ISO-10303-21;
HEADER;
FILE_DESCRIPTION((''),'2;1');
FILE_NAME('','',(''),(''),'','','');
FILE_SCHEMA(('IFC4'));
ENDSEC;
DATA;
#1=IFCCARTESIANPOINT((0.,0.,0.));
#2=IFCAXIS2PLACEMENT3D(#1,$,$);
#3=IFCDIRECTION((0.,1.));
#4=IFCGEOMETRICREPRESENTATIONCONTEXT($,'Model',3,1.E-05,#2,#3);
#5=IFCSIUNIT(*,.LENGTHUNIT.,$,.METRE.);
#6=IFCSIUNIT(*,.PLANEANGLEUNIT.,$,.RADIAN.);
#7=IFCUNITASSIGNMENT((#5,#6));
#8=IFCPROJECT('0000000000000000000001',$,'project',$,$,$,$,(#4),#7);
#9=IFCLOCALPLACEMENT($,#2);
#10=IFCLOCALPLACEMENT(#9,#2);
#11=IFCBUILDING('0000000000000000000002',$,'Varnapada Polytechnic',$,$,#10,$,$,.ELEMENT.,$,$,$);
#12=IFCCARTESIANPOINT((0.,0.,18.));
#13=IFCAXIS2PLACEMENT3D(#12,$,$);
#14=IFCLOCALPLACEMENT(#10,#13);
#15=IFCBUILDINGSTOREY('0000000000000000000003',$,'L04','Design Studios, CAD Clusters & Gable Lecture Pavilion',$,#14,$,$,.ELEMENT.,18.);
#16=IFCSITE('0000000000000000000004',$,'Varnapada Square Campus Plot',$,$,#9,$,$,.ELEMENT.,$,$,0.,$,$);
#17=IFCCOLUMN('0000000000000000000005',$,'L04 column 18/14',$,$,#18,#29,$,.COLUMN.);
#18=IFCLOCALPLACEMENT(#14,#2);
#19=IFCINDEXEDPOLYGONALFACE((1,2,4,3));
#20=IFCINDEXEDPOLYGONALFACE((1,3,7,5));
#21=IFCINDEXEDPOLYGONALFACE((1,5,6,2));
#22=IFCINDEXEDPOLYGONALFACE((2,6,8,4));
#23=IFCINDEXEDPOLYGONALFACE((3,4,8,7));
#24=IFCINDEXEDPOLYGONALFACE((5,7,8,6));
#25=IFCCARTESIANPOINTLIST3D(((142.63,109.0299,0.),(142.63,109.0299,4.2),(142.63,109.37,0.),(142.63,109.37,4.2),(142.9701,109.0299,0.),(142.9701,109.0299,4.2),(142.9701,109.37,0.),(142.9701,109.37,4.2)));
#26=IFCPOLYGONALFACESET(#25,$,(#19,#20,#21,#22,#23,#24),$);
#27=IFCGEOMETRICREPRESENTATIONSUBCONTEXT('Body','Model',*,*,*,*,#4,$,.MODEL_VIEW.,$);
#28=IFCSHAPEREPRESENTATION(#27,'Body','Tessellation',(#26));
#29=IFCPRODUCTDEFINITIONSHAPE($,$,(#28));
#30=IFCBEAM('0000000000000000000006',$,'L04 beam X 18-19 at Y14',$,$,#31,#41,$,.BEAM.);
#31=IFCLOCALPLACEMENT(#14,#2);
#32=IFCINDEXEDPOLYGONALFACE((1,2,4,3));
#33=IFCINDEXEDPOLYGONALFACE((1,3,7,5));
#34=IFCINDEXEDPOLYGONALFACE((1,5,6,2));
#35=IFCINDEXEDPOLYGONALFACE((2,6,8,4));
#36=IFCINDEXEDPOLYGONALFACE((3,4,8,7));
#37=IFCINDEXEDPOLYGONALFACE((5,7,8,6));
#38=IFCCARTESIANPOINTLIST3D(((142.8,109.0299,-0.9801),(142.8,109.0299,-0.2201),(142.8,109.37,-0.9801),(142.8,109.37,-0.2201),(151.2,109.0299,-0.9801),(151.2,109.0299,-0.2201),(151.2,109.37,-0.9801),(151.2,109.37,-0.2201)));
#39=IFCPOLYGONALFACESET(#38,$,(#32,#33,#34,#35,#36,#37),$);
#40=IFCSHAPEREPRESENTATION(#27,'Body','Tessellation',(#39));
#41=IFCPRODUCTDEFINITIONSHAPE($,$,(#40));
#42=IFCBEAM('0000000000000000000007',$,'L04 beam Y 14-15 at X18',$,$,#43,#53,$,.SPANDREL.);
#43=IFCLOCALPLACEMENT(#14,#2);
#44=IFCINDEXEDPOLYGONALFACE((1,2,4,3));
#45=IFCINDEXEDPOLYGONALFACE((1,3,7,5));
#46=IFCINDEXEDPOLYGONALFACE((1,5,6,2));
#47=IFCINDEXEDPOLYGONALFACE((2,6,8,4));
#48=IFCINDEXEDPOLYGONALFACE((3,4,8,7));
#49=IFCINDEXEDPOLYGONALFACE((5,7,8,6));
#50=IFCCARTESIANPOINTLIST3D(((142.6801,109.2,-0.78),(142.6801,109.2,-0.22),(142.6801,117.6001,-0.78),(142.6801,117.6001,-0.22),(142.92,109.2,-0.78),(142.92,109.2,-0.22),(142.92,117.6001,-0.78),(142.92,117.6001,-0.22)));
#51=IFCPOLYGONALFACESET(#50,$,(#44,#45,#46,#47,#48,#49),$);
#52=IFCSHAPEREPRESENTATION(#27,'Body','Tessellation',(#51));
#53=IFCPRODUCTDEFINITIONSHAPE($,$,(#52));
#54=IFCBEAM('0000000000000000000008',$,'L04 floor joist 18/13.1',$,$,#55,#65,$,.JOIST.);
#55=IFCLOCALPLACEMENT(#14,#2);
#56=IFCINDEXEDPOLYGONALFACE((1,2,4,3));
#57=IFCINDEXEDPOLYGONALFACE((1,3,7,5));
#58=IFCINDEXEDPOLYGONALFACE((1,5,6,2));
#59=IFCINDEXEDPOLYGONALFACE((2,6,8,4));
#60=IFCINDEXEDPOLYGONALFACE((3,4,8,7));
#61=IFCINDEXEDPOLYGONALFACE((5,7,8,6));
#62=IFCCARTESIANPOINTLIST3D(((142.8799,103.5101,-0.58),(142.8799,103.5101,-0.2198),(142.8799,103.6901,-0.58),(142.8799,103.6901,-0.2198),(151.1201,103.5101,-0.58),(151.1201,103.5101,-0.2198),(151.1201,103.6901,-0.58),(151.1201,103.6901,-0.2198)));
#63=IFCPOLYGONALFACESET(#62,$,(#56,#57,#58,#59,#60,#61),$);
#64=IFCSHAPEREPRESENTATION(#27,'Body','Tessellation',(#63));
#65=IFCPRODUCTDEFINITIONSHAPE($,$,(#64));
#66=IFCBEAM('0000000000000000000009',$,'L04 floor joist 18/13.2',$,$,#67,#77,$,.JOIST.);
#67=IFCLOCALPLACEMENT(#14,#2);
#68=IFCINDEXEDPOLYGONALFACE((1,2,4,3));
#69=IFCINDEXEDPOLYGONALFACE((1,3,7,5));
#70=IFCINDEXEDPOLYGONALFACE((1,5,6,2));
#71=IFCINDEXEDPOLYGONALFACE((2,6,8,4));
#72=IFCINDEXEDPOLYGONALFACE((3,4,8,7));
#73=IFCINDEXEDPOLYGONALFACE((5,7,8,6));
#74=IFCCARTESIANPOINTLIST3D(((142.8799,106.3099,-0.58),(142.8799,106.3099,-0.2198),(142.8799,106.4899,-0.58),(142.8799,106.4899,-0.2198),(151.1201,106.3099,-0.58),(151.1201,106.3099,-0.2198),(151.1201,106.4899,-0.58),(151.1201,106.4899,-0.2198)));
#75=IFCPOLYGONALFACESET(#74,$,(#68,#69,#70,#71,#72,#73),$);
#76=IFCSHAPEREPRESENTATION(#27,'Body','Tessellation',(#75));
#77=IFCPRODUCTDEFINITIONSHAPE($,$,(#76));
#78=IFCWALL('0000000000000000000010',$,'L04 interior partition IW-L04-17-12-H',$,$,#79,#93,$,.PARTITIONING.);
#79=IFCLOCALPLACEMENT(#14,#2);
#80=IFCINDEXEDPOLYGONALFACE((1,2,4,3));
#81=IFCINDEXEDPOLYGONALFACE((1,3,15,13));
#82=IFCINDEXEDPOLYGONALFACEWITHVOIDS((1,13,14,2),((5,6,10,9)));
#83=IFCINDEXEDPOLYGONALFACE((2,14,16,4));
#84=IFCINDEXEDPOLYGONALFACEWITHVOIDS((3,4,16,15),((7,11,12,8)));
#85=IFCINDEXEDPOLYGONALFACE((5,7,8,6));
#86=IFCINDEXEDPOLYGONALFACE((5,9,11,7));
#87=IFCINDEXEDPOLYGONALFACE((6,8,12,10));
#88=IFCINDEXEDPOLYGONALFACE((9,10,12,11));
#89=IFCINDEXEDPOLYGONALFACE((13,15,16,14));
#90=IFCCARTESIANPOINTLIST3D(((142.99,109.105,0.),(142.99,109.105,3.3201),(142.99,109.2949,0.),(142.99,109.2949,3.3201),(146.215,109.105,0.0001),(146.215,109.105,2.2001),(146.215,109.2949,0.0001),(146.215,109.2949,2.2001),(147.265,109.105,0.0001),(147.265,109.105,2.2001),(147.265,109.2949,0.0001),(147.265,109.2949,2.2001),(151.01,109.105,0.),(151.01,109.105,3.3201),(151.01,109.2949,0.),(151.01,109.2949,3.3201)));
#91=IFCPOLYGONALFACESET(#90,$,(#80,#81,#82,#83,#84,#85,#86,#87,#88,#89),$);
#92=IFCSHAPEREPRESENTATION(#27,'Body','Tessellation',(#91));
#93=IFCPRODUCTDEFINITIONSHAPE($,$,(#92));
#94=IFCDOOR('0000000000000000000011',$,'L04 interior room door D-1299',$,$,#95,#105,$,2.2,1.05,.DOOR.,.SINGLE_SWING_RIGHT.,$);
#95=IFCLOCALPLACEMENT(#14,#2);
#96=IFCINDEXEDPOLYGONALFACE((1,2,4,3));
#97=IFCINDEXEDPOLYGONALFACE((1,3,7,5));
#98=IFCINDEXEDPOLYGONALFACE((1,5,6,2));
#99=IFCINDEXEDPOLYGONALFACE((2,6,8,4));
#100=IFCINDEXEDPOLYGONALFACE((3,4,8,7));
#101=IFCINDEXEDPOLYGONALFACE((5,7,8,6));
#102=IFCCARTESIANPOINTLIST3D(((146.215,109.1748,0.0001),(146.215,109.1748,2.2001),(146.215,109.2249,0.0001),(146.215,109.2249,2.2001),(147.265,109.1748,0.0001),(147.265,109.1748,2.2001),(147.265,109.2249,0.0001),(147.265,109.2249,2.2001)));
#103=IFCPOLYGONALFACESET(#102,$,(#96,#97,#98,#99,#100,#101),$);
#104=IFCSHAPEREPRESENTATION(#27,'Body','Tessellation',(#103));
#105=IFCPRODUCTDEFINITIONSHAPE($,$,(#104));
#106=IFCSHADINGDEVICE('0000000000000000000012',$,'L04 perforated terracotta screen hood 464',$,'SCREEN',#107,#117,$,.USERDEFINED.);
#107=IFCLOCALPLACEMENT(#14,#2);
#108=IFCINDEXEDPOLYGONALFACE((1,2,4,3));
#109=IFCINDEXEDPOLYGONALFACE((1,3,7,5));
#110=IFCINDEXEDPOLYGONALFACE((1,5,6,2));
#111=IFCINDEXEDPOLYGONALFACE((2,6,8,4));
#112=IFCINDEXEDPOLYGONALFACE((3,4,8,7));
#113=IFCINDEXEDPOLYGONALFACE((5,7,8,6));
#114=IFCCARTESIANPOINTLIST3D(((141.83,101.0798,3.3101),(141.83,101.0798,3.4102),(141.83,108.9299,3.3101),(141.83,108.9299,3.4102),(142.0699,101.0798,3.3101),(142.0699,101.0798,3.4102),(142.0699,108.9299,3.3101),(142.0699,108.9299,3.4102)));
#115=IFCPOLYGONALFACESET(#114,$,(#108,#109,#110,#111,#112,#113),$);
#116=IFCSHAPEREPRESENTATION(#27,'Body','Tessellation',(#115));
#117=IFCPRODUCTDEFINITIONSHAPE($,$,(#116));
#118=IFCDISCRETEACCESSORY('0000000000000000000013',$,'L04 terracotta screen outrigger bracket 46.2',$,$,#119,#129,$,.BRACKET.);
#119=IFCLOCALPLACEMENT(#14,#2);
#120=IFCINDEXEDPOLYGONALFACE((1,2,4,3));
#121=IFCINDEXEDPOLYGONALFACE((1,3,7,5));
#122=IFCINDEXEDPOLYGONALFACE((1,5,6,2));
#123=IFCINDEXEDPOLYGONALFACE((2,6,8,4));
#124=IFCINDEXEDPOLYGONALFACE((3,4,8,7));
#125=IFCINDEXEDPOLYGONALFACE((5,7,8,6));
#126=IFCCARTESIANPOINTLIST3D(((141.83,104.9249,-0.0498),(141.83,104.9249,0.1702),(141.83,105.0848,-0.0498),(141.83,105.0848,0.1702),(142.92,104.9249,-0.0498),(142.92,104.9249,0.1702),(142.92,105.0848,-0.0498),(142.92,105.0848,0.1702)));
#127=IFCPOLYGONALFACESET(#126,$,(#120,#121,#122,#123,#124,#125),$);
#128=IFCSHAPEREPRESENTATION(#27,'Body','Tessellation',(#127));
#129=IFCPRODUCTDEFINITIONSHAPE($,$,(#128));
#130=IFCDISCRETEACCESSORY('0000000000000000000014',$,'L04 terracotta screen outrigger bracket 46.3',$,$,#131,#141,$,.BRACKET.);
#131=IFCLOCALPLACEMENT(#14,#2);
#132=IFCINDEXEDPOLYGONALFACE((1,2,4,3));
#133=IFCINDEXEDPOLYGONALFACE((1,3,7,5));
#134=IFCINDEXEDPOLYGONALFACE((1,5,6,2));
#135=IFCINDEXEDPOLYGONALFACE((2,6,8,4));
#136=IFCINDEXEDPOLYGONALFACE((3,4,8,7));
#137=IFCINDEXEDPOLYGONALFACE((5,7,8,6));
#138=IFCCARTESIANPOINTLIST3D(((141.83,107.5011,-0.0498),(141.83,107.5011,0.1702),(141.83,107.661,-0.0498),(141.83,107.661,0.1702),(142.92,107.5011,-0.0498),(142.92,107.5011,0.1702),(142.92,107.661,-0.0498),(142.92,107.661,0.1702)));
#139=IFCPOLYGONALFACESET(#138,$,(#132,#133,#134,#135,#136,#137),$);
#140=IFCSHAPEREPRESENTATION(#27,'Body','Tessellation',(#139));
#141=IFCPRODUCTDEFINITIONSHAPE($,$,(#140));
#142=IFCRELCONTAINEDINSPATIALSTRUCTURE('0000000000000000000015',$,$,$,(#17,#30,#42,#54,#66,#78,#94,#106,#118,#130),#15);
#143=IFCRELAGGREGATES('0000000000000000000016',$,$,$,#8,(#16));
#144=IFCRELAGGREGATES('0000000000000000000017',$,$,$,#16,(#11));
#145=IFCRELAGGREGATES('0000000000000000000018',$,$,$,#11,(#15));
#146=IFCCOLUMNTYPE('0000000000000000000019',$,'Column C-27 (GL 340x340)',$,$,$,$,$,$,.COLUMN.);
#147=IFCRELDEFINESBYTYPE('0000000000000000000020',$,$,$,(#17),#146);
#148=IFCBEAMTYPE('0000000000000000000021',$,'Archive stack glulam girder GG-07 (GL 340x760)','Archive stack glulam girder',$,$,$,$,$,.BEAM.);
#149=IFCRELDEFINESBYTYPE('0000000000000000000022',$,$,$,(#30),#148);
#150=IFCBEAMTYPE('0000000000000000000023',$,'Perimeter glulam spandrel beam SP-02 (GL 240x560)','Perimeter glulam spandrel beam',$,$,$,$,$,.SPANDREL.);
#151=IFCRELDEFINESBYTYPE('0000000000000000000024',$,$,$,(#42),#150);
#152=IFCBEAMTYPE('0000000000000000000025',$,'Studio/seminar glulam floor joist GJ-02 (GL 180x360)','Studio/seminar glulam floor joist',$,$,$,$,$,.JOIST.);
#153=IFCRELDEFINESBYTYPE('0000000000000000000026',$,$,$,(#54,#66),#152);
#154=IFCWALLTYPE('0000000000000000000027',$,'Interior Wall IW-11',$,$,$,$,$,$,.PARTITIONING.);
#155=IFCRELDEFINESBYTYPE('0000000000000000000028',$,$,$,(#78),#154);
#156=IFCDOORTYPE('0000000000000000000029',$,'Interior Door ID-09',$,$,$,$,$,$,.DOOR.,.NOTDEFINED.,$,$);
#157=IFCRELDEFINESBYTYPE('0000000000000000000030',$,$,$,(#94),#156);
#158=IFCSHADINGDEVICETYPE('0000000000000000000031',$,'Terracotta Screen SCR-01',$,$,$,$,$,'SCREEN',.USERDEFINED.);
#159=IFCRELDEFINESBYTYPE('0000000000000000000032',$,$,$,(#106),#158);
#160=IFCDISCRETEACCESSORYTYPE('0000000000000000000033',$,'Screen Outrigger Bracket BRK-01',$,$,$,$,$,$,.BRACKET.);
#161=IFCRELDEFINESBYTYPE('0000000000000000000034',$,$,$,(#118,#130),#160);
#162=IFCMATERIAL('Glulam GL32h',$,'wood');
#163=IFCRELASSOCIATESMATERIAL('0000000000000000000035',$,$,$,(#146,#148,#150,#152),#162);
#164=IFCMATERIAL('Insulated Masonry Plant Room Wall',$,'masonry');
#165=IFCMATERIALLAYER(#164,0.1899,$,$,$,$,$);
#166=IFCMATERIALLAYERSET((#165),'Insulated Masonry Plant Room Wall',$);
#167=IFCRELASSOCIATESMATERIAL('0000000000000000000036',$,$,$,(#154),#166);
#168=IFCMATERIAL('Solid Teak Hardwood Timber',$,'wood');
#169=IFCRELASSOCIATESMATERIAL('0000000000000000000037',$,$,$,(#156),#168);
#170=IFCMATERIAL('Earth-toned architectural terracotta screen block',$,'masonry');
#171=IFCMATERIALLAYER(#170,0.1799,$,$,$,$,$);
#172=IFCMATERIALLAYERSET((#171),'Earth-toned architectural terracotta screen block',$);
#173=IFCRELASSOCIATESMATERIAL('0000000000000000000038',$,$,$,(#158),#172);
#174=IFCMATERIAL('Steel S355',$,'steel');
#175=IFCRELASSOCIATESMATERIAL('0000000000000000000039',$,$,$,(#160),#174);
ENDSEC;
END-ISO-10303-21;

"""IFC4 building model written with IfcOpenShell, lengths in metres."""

from ifc_helpers import new_model, si_unit, direction, frame, frame_2d, origin, origin_2d, place, context, subcontext, project, spatial, rectangle, extrude, material, layer, layer_set, material_profile, profile_set, type_object, element, fill, save


model = new_model("IFC4")

# Units and contexts
model_context = context("Model", 3, precision=1e-05, world=origin(), true_north=direction((0.0, 1.0)))
body_context = subcontext(model_context, "Body", "Model", "MODEL_VIEW")
ifc_project = project(units=[si_unit("LENGTHUNIT", "METRE"), si_unit("PLANEANGLEUNIT", "RADIAN")], contexts=[model_context])

# Site, building, storey
site_placement = place(None, origin())
site = spatial("IfcSite", under=ifc_project, at=site_placement, Name="Varnapada Square Campus Plot", CompositionType="ELEMENT", RefElevation=0.0)
building_placement = place(site_placement, origin())
building = spatial("IfcBuilding", under=site, at=building_placement, Name="Varnapada Polytechnic", CompositionType="ELEMENT")
storey_placement = place(building_placement, frame((0.0, 0.0, 18.0)))
storey = spatial("IfcBuildingStorey", under=building, at=storey_placement, Name="L04", Description="Design Studios, CAD Clusters & Gable Lecture Pavilion", CompositionType="ELEMENT", Elevation=18.0)

# Column
ifc_material_1 = material(Name="Glulam GL32h", Category="wood")
ifc_material_profile_1 = material_profile(ifc_material_1, rectangle(XDim=0.3401, YDim=0.3401, at=origin_2d()), Name="GL 340x340")
ifc_profile_set_1 = profile_set([ifc_material_profile_1], Name="Glulam GL32h")
column_type = type_object("IfcColumnType", Name="Column C-27 (GL 340x340)", PredefinedType="COLUMN", material=ifc_profile_set_1)
column_placement = place(storey_placement, frame((142.8, 109.2, 0.0), z_axis=(0.0, 0.0, 1.0), x_axis=(1.0, 0.0, 0.0)))
element("IfcColumn", 1, at=column_placement, inside=storey, type_object=column_type, Name="L04 column 18/14", PredefinedType="COLUMN", context=body_context, shape_type="SweptSolid", body=[
    extrude(rectangle(XDim=0.3401, YDim=0.3401, at=origin_2d()), origin(), (0.0, 0.0, 1.0), 4.2),
])

# Beams
ifc_material_profile_2 = material_profile(ifc_material_1, rectangle(XDim=0.3401, YDim=0.76, at=origin_2d()), Name="GL 340x760")
ifc_profile_set_2 = profile_set([ifc_material_profile_2], Name="Glulam GL32h")
beam_type_1 = type_object("IfcBeamType", Name="Archive stack glulam girder GG-07 (GL 340x760)", Description="Archive stack glulam girder", PredefinedType="BEAM", material=ifc_profile_set_2)
beam_1_placement = place(storey_placement, frame((142.8, 109.2, -0.6001), z_axis=(1.0, 0.0, 0.0), x_axis=(0.0, 1.0, 0.0)))
element("IfcBeam", 2, at=beam_1_placement, inside=storey, type_object=beam_type_1, Name="L04 beam X 18-19 at Y14", PredefinedType="BEAM", context=body_context, shape_type="SweptSolid", body=[
    extrude(rectangle(XDim=0.3401, YDim=0.76, at=origin_2d()), origin(), (0.0, 0.0, 1.0), 8.3999),
])
ifc_material_profile_3 = material_profile(ifc_material_1, rectangle(XDim=0.24, YDim=0.5601, at=origin_2d()), Name="GL 240x560")
ifc_profile_set_3 = profile_set([ifc_material_profile_3], Name="Glulam GL32h")
beam_type_2 = type_object("IfcBeamType", Name="Perimeter glulam spandrel beam SP-02 (GL 240x560)", Description="Perimeter glulam spandrel beam", PredefinedType="SPANDREL", material=ifc_profile_set_3)
beam_2_placement = place(storey_placement, frame((142.8, 109.2, -0.5), z_axis=(0.0, 1.0, 0.0), x_axis=(-1.0, 0.0, 0.0)))
element("IfcBeam", 3, at=beam_2_placement, inside=storey, type_object=beam_type_2, Name="L04 beam Y 14-15 at X18", PredefinedType="SPANDREL", context=body_context, shape_type="SweptSolid", body=[
    extrude(rectangle(XDim=0.24, YDim=0.5601, at=origin_2d()), origin(), (0.0, 0.0, 1.0), 8.4001),
])
ifc_material_profile_4 = material_profile(ifc_material_1, rectangle(XDim=0.1799, YDim=0.3601, at=origin_2d()), Name="GL 180x360")
ifc_profile_set_4 = profile_set([ifc_material_profile_4], Name="Glulam GL32h")
beam_type_3 = type_object("IfcBeamType", Name="Studio/seminar glulam floor joist GJ-02 (GL 180x360)", Description="Studio/seminar glulam floor joist", PredefinedType="JOIST", material=ifc_profile_set_4)
for number, where, z_axis, x_axis, name in (
    (4, (142.8799, 103.6001, -0.3999), (1.0, 0.0, 0.0), (0.0, 1.0, 0.0), "L04 floor joist 18/13.1"),
    (5, (142.8799, 106.3999, -0.3999), (1.0, 0.0, 0.0), (0.0, 1.0, 0.0), "L04 floor joist 18/13.2"),
):
    element("IfcBeam", number, at=place(storey_placement, frame(where, z_axis=z_axis, x_axis=x_axis)), inside=storey, type_object=beam_type_3, Name=name, PredefinedType="JOIST", context=body_context, shape_type="SweptSolid", body=[
        extrude(rectangle(XDim=0.1799, YDim=0.3601, at=origin_2d()), origin(), (0.0, 0.0, 1.0), 8.2402),
    ])

# Wall, opening, door
ifc_material_2 = material(Name="Insulated Masonry Plant Room Wall", Category="masonry")
ifc_layer_1 = layer(ifc_material_2, 0.1899)
ifc_layer_set_1 = layer_set([ifc_layer_1], Name="Insulated Masonry Plant Room Wall")
wall_type = type_object("IfcWallType", Name="Interior Wall IW-11", PredefinedType="PARTITIONING", material=ifc_layer_set_1)
wall_placement = place(storey_placement, frame((142.99, 109.2, 0.0), z_axis=(0.0, 0.0, 1.0), x_axis=(1.0, 0.0, 0.0)))
wall = element("IfcWall", 6, at=wall_placement, inside=storey, type_object=wall_type, Name="L04 interior partition IW-L04-17-12-H", PredefinedType="PARTITIONING", context=body_context, shape_type="SweptSolid", body=[
    extrude(rectangle(XDim=8.02, YDim=0.1899, at=frame_2d((4.01, 0.0))), origin(), (0.0, 0.0, 1.0), 3.3201),
])
opening_placement = place(wall_placement, frame((3.2251, 0.0, 0.0)))
opening = element("IfcOpeningElement", 7, at=opening_placement, cuts=wall, PredefinedType="OPENING", context=body_context, shape_type="SweptSolid", body=[
    extrude(rectangle(XDim=1.05, YDim=2.2, at=frame_2d((0.5249, 1.1001))), frame((0.0, 0.105, 0.0), z_axis=(0.0, -1.0, 0.0), x_axis=(1.0, 0.0, 0.0)), (0.0, 0.0, 1.0), 0.21),
])
ifc_material_3 = material(Name="Solid Teak Hardwood Timber", Category="wood")
door_type = type_object("IfcDoorType", Name="Interior Door ID-09", OperationType="NOTDEFINED", PredefinedType="DOOR", material=ifc_material_3)
door_placement = place(opening_placement, origin())
door = element("IfcDoor", 8, at=door_placement, inside=storey, type_object=door_type, Name="L04 interior room door D-1299", OperationType="SINGLE_SWING_RIGHT", OverallHeight=2.2, OverallWidth=1.05, PredefinedType="DOOR", context=body_context, shape_type="SweptSolid", body=[
    extrude(rectangle(XDim=1.05, YDim=2.2, at=frame_2d((0.5249, 1.1001))), frame((0.0, 0.0249, 0.0), z_axis=(0.0, -1.0, 0.0), x_axis=(1.0, 0.0, 0.0)), (0.0, 0.0, 1.0), 0.05),
])
fill(opening, door)

# Shading device
ifc_material_4 = material(Name="Earth-toned architectural terracotta screen block", Category="masonry")
ifc_layer_2 = layer(ifc_material_4, 0.1799)
ifc_layer_set_2 = layer_set([ifc_layer_2], Name="Earth-toned architectural terracotta screen block")
shading_device_type = type_object("IfcShadingDeviceType", Name="Terracotta Screen SCR-01", ElementType="SCREEN", PredefinedType="USERDEFINED", material=ifc_layer_set_2)
shading_device_placement = place(storey_placement, frame((141.95, 105.0049, 3.3101), z_axis=(0.0, 0.0, 1.0), x_axis=(0.0, 1.0, 0.0)))
element("IfcShadingDevice", 9, at=shading_device_placement, inside=storey, type_object=shading_device_type, Name="L04 perforated terracotta screen hood 464", ObjectType="SCREEN", PredefinedType="USERDEFINED", context=body_context, shape_type="SweptSolid", body=[
    extrude(rectangle(XDim=7.8501, YDim=0.24, at=origin_2d()), origin(), (0.0, 0.0, 1.0), 0.1001),
])

# Discrete accessories
ifc_material_5 = material(Name="Steel S355", Category="steel")
discrete_accessory_type = type_object("IfcDiscreteAccessoryType", Name="Screen Outrigger Bracket BRK-01", PredefinedType="BRACKET", material=ifc_material_5)
for number, where, z_axis, x_axis, name in (
    (10, (142.375, 105.0049, -0.0498), (0.0, 0.0, 1.0), (0.0, 1.0, 0.0), "L04 terracotta screen outrigger bracket 46.2"),
    (11, (142.375, 107.5811, -0.0498), (0.0, 0.0, 1.0), (0.0, 1.0, 0.0), "L04 terracotta screen outrigger bracket 46.3"),
):
    element("IfcDiscreteAccessory", number, at=place(storey_placement, frame(where, z_axis=z_axis, x_axis=x_axis)), inside=storey, type_object=discrete_accessory_type, Name=name, PredefinedType="BRACKET", context=body_context, shape_type="SweptSolid", body=[
        extrude(rectangle(XDim=0.1599, YDim=1.0901, at=origin_2d()), origin(), (0.0, 0.0, 1.0), 0.22),
    ])

save(model, "model.ifc")
